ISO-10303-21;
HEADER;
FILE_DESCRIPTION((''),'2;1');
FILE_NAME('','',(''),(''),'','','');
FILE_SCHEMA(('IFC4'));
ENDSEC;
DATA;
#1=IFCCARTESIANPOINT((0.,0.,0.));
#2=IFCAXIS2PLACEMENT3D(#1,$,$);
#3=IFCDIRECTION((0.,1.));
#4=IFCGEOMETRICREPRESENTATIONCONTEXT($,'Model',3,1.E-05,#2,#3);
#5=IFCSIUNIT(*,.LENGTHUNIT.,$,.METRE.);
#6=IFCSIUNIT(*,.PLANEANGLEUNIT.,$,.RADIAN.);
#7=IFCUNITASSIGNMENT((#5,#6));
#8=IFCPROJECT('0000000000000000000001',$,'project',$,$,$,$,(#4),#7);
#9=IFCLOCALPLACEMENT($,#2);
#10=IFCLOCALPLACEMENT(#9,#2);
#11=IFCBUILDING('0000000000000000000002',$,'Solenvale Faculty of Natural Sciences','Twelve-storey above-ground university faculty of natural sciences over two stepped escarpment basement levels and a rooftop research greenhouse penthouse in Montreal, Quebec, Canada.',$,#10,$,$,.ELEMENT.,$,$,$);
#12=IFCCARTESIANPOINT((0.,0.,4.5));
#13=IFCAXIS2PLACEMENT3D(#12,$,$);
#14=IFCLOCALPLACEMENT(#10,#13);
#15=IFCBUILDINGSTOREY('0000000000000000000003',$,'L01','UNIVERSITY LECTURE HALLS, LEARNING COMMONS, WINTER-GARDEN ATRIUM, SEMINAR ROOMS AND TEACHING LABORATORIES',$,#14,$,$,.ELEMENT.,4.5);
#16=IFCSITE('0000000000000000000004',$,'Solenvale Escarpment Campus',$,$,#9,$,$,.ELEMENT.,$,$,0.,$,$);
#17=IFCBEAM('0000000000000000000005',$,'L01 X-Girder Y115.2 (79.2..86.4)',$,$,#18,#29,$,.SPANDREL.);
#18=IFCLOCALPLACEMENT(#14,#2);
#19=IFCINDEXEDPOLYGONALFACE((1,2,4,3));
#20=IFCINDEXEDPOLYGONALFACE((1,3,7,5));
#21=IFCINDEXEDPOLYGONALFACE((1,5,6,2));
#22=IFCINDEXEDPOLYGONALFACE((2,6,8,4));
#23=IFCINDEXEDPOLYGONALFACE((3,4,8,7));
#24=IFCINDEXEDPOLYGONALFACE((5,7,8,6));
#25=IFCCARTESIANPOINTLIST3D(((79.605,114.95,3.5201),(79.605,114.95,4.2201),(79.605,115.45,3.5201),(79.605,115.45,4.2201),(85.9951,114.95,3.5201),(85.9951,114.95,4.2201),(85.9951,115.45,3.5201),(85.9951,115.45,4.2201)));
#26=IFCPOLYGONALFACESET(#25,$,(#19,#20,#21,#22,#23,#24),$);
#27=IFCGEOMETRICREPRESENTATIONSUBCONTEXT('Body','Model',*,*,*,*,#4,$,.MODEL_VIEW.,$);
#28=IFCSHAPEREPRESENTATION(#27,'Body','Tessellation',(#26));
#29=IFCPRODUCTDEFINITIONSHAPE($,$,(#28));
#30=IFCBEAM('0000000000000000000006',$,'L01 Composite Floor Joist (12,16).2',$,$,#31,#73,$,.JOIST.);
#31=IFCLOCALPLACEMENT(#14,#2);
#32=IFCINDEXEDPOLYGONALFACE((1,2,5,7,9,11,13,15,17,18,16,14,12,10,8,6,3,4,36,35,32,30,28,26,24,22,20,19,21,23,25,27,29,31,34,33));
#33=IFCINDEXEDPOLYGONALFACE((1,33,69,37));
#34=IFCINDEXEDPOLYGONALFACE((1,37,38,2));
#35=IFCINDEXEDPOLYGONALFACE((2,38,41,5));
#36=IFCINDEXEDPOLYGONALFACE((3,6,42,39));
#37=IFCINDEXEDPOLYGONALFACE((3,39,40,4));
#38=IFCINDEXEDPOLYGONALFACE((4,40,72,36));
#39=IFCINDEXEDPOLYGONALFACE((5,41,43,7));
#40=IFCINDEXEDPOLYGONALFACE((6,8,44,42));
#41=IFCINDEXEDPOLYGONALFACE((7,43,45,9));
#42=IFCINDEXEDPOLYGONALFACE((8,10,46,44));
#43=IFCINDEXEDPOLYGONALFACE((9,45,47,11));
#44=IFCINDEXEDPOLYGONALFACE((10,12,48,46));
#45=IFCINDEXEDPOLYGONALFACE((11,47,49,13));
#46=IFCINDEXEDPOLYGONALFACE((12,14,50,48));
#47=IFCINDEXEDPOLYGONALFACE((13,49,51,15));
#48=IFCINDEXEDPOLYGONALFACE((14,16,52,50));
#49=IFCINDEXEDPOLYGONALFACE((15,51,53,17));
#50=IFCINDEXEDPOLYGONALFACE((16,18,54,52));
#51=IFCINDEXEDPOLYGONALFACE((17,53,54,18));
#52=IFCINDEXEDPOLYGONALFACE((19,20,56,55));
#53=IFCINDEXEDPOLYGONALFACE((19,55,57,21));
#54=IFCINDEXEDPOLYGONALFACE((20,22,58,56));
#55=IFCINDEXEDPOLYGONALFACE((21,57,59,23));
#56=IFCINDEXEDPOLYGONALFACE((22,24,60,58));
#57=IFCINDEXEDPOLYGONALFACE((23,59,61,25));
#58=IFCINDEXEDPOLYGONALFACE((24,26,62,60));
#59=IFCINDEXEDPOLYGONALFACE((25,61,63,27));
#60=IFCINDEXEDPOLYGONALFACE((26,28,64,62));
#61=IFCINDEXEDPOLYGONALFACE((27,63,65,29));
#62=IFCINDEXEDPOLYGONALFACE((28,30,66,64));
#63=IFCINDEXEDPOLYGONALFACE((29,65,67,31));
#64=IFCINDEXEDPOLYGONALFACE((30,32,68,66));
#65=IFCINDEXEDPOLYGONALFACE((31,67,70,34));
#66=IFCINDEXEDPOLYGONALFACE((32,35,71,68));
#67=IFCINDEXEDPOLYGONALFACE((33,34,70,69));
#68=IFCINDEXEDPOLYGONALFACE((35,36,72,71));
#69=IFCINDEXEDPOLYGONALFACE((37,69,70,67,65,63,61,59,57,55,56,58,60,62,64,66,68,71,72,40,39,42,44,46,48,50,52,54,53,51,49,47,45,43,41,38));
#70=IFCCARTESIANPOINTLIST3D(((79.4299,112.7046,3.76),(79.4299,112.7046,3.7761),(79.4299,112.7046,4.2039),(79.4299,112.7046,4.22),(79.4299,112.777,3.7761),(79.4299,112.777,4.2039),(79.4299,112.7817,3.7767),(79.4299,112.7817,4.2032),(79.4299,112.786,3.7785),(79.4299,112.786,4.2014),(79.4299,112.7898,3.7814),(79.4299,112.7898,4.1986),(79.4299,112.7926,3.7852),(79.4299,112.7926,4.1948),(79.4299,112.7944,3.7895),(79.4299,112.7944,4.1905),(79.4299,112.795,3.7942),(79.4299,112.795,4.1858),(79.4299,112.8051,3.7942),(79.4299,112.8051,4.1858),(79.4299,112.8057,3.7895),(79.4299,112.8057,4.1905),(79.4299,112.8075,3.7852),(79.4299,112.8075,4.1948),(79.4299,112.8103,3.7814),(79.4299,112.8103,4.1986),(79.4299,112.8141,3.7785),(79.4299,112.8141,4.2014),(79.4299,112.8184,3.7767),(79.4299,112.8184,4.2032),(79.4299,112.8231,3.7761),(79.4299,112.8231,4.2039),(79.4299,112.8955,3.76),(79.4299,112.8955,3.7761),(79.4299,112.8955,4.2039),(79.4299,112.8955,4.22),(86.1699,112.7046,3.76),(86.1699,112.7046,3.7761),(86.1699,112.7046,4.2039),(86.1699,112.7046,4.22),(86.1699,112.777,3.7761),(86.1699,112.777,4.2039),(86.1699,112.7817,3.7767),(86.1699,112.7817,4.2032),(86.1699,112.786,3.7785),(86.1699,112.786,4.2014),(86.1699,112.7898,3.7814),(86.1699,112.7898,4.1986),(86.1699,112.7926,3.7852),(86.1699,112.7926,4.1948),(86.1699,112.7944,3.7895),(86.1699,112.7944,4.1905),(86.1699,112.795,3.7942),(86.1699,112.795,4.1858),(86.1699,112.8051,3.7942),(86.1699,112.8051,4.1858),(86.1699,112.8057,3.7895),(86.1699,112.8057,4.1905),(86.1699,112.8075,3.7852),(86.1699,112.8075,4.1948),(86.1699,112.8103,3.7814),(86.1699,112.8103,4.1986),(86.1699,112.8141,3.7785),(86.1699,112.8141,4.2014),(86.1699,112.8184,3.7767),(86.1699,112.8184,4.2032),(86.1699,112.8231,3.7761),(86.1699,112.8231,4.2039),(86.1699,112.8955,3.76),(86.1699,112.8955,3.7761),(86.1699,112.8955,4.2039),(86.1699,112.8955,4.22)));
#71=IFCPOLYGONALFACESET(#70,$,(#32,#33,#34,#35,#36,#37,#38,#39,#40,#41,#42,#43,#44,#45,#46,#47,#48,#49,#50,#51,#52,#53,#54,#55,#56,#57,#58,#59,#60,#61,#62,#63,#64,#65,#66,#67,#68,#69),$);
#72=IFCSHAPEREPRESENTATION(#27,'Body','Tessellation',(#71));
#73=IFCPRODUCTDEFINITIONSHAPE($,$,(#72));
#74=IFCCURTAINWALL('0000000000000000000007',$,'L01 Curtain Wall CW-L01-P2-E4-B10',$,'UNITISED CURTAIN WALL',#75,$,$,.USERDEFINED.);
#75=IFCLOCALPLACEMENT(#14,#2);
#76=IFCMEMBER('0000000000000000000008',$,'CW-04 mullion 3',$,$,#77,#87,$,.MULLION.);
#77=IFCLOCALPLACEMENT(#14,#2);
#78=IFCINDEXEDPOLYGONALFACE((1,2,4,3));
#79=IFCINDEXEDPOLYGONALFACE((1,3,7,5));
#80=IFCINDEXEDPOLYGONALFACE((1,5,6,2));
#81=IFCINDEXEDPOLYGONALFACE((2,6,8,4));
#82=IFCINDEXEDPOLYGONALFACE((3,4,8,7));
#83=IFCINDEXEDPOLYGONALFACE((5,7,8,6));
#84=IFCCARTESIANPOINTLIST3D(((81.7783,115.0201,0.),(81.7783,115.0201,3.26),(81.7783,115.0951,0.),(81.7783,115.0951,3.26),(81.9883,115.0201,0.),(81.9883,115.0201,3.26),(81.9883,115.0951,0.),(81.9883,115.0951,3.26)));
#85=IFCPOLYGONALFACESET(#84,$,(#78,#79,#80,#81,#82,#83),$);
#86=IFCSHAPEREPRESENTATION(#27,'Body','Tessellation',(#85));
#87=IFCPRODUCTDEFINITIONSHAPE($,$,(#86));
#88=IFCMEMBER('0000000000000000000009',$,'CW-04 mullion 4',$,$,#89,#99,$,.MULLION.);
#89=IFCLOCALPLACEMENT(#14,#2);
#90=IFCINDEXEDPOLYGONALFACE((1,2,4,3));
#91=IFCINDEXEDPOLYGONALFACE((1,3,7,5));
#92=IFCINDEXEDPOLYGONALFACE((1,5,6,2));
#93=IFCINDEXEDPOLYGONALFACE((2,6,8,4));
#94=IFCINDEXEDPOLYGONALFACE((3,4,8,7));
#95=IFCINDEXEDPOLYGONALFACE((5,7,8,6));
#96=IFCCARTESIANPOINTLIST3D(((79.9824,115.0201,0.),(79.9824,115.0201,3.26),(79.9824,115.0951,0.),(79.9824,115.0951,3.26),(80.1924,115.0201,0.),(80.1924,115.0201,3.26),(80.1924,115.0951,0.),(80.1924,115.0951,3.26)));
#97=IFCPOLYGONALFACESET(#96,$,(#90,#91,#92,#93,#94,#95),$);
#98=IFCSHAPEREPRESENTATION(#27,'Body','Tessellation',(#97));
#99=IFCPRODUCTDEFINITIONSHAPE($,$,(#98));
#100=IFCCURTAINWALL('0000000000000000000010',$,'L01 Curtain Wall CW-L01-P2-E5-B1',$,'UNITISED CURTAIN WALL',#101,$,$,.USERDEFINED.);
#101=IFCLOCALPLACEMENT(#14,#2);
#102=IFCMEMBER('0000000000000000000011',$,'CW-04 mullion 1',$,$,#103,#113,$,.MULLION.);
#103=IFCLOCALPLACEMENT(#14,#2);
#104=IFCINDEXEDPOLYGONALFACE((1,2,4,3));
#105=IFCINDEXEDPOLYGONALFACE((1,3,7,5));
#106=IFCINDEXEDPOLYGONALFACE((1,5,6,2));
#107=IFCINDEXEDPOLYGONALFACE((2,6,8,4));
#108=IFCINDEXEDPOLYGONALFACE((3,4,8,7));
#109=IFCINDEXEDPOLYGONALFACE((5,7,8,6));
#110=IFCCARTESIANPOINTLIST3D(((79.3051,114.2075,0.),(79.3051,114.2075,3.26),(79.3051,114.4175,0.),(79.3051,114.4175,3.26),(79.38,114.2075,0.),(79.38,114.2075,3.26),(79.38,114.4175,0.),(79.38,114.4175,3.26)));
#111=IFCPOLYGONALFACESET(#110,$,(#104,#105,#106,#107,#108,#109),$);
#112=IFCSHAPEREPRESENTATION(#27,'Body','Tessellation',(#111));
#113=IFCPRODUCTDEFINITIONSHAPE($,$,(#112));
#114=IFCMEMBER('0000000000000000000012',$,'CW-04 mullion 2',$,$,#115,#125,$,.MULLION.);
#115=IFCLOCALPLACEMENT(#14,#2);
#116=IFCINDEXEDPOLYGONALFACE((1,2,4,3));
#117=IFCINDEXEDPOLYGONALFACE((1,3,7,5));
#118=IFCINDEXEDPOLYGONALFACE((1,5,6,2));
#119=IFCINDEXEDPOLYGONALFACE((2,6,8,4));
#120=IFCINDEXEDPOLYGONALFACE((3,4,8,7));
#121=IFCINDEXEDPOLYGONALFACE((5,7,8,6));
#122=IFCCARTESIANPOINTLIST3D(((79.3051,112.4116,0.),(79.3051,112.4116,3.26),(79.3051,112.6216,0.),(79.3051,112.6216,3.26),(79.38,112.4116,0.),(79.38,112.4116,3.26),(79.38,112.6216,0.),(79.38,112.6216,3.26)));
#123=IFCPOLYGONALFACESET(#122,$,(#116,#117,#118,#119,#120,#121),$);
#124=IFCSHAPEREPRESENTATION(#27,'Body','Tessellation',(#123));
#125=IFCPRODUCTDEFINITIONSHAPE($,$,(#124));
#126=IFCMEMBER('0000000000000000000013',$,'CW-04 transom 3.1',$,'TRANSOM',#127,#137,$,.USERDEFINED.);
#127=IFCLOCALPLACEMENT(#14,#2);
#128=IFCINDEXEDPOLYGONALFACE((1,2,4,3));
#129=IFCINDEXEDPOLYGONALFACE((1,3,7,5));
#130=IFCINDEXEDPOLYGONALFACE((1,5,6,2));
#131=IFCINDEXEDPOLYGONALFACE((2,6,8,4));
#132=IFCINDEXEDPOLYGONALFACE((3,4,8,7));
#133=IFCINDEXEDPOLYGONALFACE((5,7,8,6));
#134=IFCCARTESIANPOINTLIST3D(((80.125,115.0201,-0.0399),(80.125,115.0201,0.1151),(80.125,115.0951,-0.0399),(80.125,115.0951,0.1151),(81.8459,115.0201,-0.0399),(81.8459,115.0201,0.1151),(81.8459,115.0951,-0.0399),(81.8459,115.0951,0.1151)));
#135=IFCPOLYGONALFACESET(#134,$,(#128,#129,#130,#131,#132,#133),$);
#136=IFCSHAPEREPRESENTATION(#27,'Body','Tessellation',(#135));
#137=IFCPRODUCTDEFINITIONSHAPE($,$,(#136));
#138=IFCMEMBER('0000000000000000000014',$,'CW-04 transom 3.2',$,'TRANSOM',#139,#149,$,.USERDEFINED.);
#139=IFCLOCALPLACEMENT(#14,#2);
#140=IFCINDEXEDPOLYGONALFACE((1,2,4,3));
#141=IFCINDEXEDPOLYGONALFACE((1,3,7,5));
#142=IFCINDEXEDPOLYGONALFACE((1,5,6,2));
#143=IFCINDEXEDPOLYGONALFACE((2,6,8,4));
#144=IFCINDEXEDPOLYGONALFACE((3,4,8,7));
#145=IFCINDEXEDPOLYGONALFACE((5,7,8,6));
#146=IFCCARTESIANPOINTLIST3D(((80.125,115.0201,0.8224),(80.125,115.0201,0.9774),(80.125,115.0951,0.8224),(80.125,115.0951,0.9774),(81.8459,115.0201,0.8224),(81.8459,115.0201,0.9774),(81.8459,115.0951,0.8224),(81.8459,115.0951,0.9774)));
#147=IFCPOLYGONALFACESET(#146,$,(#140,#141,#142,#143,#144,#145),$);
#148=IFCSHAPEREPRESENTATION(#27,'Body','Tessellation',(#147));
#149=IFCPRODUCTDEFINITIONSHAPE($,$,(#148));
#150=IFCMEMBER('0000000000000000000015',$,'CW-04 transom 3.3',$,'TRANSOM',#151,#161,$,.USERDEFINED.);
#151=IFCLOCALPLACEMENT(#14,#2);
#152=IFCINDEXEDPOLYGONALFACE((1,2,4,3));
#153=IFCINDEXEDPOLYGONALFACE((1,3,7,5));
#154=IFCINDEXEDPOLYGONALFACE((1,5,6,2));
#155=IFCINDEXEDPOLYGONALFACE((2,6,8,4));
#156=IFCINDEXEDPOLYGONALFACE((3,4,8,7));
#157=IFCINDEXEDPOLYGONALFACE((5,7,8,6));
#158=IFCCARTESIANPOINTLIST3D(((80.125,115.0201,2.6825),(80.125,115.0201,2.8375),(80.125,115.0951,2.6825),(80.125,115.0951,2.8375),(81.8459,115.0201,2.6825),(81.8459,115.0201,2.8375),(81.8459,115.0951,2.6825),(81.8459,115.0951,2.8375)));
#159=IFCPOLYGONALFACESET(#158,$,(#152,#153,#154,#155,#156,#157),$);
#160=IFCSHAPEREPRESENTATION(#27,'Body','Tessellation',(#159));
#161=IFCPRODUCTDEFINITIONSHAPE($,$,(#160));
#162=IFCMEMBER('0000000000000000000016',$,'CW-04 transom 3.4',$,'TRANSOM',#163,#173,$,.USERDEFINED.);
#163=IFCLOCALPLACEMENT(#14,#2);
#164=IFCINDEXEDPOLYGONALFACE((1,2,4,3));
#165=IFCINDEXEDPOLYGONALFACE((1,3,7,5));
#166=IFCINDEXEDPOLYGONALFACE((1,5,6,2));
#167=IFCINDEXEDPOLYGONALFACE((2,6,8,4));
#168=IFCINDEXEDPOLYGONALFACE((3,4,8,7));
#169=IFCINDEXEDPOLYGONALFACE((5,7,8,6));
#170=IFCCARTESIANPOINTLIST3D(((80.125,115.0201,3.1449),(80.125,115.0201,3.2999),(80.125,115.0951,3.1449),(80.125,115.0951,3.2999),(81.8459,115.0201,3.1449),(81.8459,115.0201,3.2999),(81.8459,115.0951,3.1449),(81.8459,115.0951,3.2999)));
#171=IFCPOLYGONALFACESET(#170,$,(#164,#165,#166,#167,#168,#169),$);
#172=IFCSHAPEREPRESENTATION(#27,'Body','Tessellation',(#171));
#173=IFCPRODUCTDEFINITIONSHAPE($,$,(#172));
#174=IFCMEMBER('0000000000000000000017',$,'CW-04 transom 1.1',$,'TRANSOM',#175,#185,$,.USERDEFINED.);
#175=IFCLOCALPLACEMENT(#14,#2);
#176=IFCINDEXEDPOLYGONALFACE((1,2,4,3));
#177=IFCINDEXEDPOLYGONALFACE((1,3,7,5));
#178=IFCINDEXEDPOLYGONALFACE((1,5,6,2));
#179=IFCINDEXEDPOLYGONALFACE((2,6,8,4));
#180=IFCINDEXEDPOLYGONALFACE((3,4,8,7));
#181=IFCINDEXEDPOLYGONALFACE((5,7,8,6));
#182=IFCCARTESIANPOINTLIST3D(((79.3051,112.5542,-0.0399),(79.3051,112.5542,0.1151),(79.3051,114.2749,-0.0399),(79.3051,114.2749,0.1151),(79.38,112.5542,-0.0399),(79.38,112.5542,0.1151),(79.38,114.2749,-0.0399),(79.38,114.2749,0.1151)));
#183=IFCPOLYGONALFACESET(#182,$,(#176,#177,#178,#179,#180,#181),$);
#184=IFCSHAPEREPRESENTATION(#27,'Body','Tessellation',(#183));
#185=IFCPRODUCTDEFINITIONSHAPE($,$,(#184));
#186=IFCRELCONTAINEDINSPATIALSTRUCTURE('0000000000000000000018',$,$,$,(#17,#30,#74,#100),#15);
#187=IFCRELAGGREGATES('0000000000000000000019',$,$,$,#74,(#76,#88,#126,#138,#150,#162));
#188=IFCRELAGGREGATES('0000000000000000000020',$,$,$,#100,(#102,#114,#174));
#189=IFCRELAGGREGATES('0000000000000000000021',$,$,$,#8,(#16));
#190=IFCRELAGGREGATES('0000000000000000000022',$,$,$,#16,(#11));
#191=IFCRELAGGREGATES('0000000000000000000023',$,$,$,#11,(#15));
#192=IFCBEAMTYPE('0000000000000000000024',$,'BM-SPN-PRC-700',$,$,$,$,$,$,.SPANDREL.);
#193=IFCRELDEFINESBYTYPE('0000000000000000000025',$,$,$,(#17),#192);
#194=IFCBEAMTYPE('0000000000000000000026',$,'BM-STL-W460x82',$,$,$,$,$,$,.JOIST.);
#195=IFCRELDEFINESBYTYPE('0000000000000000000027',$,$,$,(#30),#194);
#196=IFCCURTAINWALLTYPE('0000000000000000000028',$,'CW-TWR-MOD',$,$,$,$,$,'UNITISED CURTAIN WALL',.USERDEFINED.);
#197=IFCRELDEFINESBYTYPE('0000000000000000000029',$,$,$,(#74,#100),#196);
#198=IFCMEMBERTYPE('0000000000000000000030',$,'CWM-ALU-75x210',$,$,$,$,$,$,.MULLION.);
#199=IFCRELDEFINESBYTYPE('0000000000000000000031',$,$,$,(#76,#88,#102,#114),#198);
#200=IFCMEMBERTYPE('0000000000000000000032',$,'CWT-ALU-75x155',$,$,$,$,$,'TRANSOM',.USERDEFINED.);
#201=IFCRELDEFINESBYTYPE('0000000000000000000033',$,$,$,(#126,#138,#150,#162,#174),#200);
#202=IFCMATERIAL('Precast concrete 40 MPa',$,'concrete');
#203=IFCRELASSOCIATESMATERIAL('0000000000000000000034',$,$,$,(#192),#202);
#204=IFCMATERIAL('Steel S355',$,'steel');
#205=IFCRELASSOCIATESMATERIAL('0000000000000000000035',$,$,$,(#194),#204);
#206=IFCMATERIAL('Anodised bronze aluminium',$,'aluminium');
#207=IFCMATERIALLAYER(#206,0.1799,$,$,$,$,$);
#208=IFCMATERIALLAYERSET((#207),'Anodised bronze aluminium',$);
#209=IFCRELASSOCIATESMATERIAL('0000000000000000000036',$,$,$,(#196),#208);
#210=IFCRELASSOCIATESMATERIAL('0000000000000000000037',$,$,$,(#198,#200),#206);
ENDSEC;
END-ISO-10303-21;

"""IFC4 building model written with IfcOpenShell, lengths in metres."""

from ifc_helpers import new_model, si_unit, direction, frame, origin, origin_2d, place, context, subcontext, project, spatial, rectangle, i_section, extrude, material, layer, layer_set, material_profile, profile_set, type_object, element, aggregate, save


model = new_model("IFC4")

# Units and contexts
model_context = context("Model", 3, precision=1e-05, world=origin(), true_north=direction((0.0, 1.0)))
body_context = subcontext(model_context, "Body", "Model", "MODEL_VIEW")
ifc_project = project(units=[si_unit("LENGTHUNIT", "METRE"), si_unit("PLANEANGLEUNIT", "RADIAN")], contexts=[model_context])

# Site, building, storey
site_placement = place(None, origin())
site = spatial("IfcSite", under=ifc_project, at=site_placement, Name="Solenvale Escarpment Campus", CompositionType="ELEMENT", RefElevation=0.0)
building_placement = place(site_placement, origin())
building = spatial("IfcBuilding", under=site, at=building_placement, Name="Solenvale Faculty of Natural Sciences", Description="Twelve-storey above-ground university faculty of natural sciences over two stepped escarpment basement levels and a rooftop research greenhouse penthouse in Montreal, Quebec, Canada.", CompositionType="ELEMENT")
storey_placement = place(building_placement, frame((0.0, 0.0, 4.5)))
storey = spatial("IfcBuildingStorey", under=building, at=storey_placement, Name="L01", Description="UNIVERSITY LECTURE HALLS, LEARNING COMMONS, WINTER-GARDEN ATRIUM, SEMINAR ROOMS AND TEACHING LABORATORIES", CompositionType="ELEMENT", Elevation=4.5)

# Beams
ifc_material_1 = material(Name="Precast concrete 40 MPa", Category="concrete")
ifc_material_profile_1 = material_profile(ifc_material_1, rectangle(XDim=0.5, YDim=0.7, at=origin_2d()), Name="RC-BM-500x700")
ifc_profile_set_1 = profile_set([ifc_material_profile_1], Name="Precast concrete 40 MPa")
beam_type_1 = type_object("IfcBeamType", Name="BM-SPN-PRC-700", PredefinedType="SPANDREL", material=ifc_profile_set_1)
beam_1_placement = place(storey_placement, frame((79.605, 115.2, 3.8701), z_axis=(1.0, 0.0, 0.0), x_axis=(0.0, 1.0, 0.0)))
element("IfcBeam", 1, at=beam_1_placement, inside=storey, type_object=beam_type_1, Name="L01 X-Girder Y115.2 (79.2..86.4)", PredefinedType="SPANDREL", context=body_context, shape_type="SweptSolid", body=[
    extrude(rectangle(XDim=0.5, YDim=0.7, at=origin_2d()), origin(), (0.0, 0.0, 1.0), 6.3901),
])
ifc_material_2 = material(Name="Steel S355", Category="steel")
ifc_material_profile_2 = material_profile(ifc_material_2, i_section(OverallWidth=0.1909, OverallDepth=0.46, WebThickness=0.01, FlangeThickness=0.0161, FilletRadius=0.0181, at=origin_2d()), Name="W460x82")
ifc_profile_set_2 = profile_set([ifc_material_profile_2], Name="Steel S355")
beam_type_2 = type_object("IfcBeamType", Name="BM-STL-W460x82", PredefinedType="JOIST", material=ifc_profile_set_2)
beam_2_placement = place(storey_placement, frame((79.4299, 112.8, 3.99), z_axis=(1.0, 0.0, 0.0), x_axis=(0.0, 1.0, 0.0)))
element("IfcBeam", 2, at=beam_2_placement, inside=storey, type_object=beam_type_2, Name="L01 Composite Floor Joist (12,16).2", PredefinedType="JOIST", context=body_context, shape_type="SweptSolid", body=[
    extrude(i_section(OverallWidth=0.1909, OverallDepth=0.46, WebThickness=0.01, FlangeThickness=0.0161, FilletRadius=0.0181, at=origin_2d()), origin(), (0.0, 0.0, 1.0), 6.74),
])

# Curtain walls, members
ifc_material_3 = material(Name="Anodised bronze aluminium", Category="aluminium")
ifc_layer_1 = layer(ifc_material_3, 0.1799)
ifc_layer_set_1 = layer_set([ifc_layer_1], Name="Anodised bronze aluminium")
curtain_wall_type = type_object("IfcCurtainWallType", Name="CW-TWR-MOD", ElementType="UNITISED CURTAIN WALL", PredefinedType="USERDEFINED", material=ifc_layer_set_1)
curtain_wall_1_placement = place(storey_placement, origin())
curtain_wall_1 = element("IfcCurtainWall", 3, at=curtain_wall_1_placement, inside=storey, type_object=curtain_wall_type, Name="L01 Curtain Wall CW-L01-P2-E4-B10", ObjectType="UNITISED CURTAIN WALL", PredefinedType="USERDEFINED")
ifc_material_profile_3 = material_profile(ifc_material_3, rectangle(XDim=0.075, YDim=0.21, at=origin_2d()), Name="ALU-MUL-75x210")
ifc_profile_set_3 = profile_set([ifc_material_profile_3], Name="Anodised bronze aluminium")
member_type_1 = type_object("IfcMemberType", Name="CWM-ALU-75x210", PredefinedType="MULLION", material=ifc_profile_set_3)
member_1_placement = place(storey_placement, frame((81.8833, 115.0576, 0.0), z_axis=(0.0, 0.0, 1.0), x_axis=(0.0, -1.0, 0.0)))
member_1 = element("IfcMember", 4, at=member_1_placement, type_object=member_type_1, Name="CW-04 mullion 3", PredefinedType="MULLION", context=body_context, shape_type="SweptSolid", body=[
    extrude(rectangle(XDim=0.075, YDim=0.21, at=origin_2d()), origin(), (0.0, 0.0, 1.0), 3.26),
])
member_2_placement = place(storey_placement, frame((80.0874, 115.0576, 0.0), z_axis=(0.0, 0.0, 1.0), x_axis=(0.0, -1.0, 0.0)))
member_2 = element("IfcMember", 5, at=member_2_placement, type_object=member_type_1, Name="CW-04 mullion 4", PredefinedType="MULLION", context=body_context, shape_type="SweptSolid", body=[
    extrude(rectangle(XDim=0.075, YDim=0.21, at=origin_2d()), origin(), (0.0, 0.0, 1.0), 3.26),
])
curtain_wall_2_placement = place(storey_placement, origin())
curtain_wall_2 = element("IfcCurtainWall", 6, at=curtain_wall_2_placement, inside=storey, type_object=curtain_wall_type, Name="L01 Curtain Wall CW-L01-P2-E5-B1", ObjectType="UNITISED CURTAIN WALL", PredefinedType="USERDEFINED")
member_3_placement = place(storey_placement, frame((79.3425, 114.3125, 0.0), z_axis=(0.0, 0.0, 1.0), x_axis=(1.0, 0.0, 0.0)))
member_3 = element("IfcMember", 7, at=member_3_placement, type_object=member_type_1, Name="CW-04 mullion 1", PredefinedType="MULLION", context=body_context, shape_type="SweptSolid", body=[
    extrude(rectangle(XDim=0.075, YDim=0.21, at=origin_2d()), origin(), (0.0, 0.0, 1.0), 3.26),
])
member_4_placement = place(storey_placement, frame((79.3425, 112.5166, 0.0), z_axis=(0.0, 0.0, 1.0), x_axis=(1.0, 0.0, 0.0)))
member_4 = element("IfcMember", 8, at=member_4_placement, type_object=member_type_1, Name="CW-04 mullion 2", PredefinedType="MULLION", context=body_context, shape_type="SweptSolid", body=[
    extrude(rectangle(XDim=0.075, YDim=0.21, at=origin_2d()), origin(), (0.0, 0.0, 1.0), 3.26),
])

# Members
ifc_material_profile_4 = material_profile(ifc_material_3, rectangle(XDim=0.075, YDim=0.155, at=origin_2d()), Name="ALU-TRN-75x155")
ifc_profile_set_4 = profile_set([ifc_material_profile_4], Name="Anodised bronze aluminium")
member_type_2 = type_object("IfcMemberType", Name="CWT-ALU-75x155", ElementType="TRANSOM", PredefinedType="USERDEFINED", material=ifc_profile_set_4)
member_5_placement = place(storey_placement, frame((81.8459, 115.0576, 0.0376), z_axis=(-1.0, 0.0, 0.0), x_axis=(0.0, -1.0, 0.0)))
member_5 = element("IfcMember", 9, at=member_5_placement, type_object=member_type_2, Name="CW-04 transom 3.1", ObjectType="TRANSOM", PredefinedType="USERDEFINED", context=body_context, shape_type="SweptSolid", body=[
    extrude(rectangle(XDim=0.075, YDim=0.155, at=origin_2d()), origin(), (0.0, 0.0, 1.0), 1.7209),
])
member_6_placement = place(storey_placement, frame((81.8459, 115.0576, 0.8999), z_axis=(-1.0, 0.0, 0.0), x_axis=(0.0, -1.0, 0.0)))
member_6 = element("IfcMember", 10, at=member_6_placement, type_object=member_type_2, Name="CW-04 transom 3.2", ObjectType="TRANSOM", PredefinedType="USERDEFINED", context=body_context, shape_type="SweptSolid", body=[
    extrude(rectangle(XDim=0.075, YDim=0.155, at=origin_2d()), origin(), (0.0, 0.0, 1.0), 1.7209),
])
member_7_placement = place(storey_placement, frame((81.8459, 115.0576, 2.76), z_axis=(-1.0, 0.0, 0.0), x_axis=(0.0, -1.0, 0.0)))
member_7 = element("IfcMember", 11, at=member_7_placement, type_object=member_type_2, Name="CW-04 transom 3.3", ObjectType="TRANSOM", PredefinedType="USERDEFINED", context=body_context, shape_type="SweptSolid", body=[
    extrude(rectangle(XDim=0.075, YDim=0.155, at=origin_2d()), origin(), (0.0, 0.0, 1.0), 1.7209),
])
member_8_placement = place(storey_placement, frame((81.8459, 115.0576, 3.2224), z_axis=(-1.0, 0.0, 0.0), x_axis=(0.0, -1.0, 0.0)))
member_8 = element("IfcMember", 12, at=member_8_placement, type_object=member_type_2, Name="CW-04 transom 3.4", ObjectType="TRANSOM", PredefinedType="USERDEFINED", context=body_context, shape_type="SweptSolid", body=[
    extrude(rectangle(XDim=0.075, YDim=0.155, at=origin_2d()), origin(), (0.0, 0.0, 1.0), 1.7209),
])
member_9_placement = place(storey_placement, frame((79.3425, 114.2749, 0.0376), z_axis=(0.0, -1.0, 0.0), x_axis=(1.0, 0.0, 0.0)))
member_9 = element("IfcMember", 13, at=member_9_placement, type_object=member_type_2, Name="CW-04 transom 1.1", ObjectType="TRANSOM", PredefinedType="USERDEFINED", context=body_context, shape_type="SweptSolid", body=[
    extrude(rectangle(XDim=0.075, YDim=0.155, at=origin_2d()), origin(), (0.0, 0.0, 1.0), 1.7207),
])

aggregate(curtain_wall_1, [member_1, member_2, member_5, member_6, member_7, member_8])
aggregate(curtain_wall_2, [member_3, member_4, member_9])

save(model, "model.ifc")
